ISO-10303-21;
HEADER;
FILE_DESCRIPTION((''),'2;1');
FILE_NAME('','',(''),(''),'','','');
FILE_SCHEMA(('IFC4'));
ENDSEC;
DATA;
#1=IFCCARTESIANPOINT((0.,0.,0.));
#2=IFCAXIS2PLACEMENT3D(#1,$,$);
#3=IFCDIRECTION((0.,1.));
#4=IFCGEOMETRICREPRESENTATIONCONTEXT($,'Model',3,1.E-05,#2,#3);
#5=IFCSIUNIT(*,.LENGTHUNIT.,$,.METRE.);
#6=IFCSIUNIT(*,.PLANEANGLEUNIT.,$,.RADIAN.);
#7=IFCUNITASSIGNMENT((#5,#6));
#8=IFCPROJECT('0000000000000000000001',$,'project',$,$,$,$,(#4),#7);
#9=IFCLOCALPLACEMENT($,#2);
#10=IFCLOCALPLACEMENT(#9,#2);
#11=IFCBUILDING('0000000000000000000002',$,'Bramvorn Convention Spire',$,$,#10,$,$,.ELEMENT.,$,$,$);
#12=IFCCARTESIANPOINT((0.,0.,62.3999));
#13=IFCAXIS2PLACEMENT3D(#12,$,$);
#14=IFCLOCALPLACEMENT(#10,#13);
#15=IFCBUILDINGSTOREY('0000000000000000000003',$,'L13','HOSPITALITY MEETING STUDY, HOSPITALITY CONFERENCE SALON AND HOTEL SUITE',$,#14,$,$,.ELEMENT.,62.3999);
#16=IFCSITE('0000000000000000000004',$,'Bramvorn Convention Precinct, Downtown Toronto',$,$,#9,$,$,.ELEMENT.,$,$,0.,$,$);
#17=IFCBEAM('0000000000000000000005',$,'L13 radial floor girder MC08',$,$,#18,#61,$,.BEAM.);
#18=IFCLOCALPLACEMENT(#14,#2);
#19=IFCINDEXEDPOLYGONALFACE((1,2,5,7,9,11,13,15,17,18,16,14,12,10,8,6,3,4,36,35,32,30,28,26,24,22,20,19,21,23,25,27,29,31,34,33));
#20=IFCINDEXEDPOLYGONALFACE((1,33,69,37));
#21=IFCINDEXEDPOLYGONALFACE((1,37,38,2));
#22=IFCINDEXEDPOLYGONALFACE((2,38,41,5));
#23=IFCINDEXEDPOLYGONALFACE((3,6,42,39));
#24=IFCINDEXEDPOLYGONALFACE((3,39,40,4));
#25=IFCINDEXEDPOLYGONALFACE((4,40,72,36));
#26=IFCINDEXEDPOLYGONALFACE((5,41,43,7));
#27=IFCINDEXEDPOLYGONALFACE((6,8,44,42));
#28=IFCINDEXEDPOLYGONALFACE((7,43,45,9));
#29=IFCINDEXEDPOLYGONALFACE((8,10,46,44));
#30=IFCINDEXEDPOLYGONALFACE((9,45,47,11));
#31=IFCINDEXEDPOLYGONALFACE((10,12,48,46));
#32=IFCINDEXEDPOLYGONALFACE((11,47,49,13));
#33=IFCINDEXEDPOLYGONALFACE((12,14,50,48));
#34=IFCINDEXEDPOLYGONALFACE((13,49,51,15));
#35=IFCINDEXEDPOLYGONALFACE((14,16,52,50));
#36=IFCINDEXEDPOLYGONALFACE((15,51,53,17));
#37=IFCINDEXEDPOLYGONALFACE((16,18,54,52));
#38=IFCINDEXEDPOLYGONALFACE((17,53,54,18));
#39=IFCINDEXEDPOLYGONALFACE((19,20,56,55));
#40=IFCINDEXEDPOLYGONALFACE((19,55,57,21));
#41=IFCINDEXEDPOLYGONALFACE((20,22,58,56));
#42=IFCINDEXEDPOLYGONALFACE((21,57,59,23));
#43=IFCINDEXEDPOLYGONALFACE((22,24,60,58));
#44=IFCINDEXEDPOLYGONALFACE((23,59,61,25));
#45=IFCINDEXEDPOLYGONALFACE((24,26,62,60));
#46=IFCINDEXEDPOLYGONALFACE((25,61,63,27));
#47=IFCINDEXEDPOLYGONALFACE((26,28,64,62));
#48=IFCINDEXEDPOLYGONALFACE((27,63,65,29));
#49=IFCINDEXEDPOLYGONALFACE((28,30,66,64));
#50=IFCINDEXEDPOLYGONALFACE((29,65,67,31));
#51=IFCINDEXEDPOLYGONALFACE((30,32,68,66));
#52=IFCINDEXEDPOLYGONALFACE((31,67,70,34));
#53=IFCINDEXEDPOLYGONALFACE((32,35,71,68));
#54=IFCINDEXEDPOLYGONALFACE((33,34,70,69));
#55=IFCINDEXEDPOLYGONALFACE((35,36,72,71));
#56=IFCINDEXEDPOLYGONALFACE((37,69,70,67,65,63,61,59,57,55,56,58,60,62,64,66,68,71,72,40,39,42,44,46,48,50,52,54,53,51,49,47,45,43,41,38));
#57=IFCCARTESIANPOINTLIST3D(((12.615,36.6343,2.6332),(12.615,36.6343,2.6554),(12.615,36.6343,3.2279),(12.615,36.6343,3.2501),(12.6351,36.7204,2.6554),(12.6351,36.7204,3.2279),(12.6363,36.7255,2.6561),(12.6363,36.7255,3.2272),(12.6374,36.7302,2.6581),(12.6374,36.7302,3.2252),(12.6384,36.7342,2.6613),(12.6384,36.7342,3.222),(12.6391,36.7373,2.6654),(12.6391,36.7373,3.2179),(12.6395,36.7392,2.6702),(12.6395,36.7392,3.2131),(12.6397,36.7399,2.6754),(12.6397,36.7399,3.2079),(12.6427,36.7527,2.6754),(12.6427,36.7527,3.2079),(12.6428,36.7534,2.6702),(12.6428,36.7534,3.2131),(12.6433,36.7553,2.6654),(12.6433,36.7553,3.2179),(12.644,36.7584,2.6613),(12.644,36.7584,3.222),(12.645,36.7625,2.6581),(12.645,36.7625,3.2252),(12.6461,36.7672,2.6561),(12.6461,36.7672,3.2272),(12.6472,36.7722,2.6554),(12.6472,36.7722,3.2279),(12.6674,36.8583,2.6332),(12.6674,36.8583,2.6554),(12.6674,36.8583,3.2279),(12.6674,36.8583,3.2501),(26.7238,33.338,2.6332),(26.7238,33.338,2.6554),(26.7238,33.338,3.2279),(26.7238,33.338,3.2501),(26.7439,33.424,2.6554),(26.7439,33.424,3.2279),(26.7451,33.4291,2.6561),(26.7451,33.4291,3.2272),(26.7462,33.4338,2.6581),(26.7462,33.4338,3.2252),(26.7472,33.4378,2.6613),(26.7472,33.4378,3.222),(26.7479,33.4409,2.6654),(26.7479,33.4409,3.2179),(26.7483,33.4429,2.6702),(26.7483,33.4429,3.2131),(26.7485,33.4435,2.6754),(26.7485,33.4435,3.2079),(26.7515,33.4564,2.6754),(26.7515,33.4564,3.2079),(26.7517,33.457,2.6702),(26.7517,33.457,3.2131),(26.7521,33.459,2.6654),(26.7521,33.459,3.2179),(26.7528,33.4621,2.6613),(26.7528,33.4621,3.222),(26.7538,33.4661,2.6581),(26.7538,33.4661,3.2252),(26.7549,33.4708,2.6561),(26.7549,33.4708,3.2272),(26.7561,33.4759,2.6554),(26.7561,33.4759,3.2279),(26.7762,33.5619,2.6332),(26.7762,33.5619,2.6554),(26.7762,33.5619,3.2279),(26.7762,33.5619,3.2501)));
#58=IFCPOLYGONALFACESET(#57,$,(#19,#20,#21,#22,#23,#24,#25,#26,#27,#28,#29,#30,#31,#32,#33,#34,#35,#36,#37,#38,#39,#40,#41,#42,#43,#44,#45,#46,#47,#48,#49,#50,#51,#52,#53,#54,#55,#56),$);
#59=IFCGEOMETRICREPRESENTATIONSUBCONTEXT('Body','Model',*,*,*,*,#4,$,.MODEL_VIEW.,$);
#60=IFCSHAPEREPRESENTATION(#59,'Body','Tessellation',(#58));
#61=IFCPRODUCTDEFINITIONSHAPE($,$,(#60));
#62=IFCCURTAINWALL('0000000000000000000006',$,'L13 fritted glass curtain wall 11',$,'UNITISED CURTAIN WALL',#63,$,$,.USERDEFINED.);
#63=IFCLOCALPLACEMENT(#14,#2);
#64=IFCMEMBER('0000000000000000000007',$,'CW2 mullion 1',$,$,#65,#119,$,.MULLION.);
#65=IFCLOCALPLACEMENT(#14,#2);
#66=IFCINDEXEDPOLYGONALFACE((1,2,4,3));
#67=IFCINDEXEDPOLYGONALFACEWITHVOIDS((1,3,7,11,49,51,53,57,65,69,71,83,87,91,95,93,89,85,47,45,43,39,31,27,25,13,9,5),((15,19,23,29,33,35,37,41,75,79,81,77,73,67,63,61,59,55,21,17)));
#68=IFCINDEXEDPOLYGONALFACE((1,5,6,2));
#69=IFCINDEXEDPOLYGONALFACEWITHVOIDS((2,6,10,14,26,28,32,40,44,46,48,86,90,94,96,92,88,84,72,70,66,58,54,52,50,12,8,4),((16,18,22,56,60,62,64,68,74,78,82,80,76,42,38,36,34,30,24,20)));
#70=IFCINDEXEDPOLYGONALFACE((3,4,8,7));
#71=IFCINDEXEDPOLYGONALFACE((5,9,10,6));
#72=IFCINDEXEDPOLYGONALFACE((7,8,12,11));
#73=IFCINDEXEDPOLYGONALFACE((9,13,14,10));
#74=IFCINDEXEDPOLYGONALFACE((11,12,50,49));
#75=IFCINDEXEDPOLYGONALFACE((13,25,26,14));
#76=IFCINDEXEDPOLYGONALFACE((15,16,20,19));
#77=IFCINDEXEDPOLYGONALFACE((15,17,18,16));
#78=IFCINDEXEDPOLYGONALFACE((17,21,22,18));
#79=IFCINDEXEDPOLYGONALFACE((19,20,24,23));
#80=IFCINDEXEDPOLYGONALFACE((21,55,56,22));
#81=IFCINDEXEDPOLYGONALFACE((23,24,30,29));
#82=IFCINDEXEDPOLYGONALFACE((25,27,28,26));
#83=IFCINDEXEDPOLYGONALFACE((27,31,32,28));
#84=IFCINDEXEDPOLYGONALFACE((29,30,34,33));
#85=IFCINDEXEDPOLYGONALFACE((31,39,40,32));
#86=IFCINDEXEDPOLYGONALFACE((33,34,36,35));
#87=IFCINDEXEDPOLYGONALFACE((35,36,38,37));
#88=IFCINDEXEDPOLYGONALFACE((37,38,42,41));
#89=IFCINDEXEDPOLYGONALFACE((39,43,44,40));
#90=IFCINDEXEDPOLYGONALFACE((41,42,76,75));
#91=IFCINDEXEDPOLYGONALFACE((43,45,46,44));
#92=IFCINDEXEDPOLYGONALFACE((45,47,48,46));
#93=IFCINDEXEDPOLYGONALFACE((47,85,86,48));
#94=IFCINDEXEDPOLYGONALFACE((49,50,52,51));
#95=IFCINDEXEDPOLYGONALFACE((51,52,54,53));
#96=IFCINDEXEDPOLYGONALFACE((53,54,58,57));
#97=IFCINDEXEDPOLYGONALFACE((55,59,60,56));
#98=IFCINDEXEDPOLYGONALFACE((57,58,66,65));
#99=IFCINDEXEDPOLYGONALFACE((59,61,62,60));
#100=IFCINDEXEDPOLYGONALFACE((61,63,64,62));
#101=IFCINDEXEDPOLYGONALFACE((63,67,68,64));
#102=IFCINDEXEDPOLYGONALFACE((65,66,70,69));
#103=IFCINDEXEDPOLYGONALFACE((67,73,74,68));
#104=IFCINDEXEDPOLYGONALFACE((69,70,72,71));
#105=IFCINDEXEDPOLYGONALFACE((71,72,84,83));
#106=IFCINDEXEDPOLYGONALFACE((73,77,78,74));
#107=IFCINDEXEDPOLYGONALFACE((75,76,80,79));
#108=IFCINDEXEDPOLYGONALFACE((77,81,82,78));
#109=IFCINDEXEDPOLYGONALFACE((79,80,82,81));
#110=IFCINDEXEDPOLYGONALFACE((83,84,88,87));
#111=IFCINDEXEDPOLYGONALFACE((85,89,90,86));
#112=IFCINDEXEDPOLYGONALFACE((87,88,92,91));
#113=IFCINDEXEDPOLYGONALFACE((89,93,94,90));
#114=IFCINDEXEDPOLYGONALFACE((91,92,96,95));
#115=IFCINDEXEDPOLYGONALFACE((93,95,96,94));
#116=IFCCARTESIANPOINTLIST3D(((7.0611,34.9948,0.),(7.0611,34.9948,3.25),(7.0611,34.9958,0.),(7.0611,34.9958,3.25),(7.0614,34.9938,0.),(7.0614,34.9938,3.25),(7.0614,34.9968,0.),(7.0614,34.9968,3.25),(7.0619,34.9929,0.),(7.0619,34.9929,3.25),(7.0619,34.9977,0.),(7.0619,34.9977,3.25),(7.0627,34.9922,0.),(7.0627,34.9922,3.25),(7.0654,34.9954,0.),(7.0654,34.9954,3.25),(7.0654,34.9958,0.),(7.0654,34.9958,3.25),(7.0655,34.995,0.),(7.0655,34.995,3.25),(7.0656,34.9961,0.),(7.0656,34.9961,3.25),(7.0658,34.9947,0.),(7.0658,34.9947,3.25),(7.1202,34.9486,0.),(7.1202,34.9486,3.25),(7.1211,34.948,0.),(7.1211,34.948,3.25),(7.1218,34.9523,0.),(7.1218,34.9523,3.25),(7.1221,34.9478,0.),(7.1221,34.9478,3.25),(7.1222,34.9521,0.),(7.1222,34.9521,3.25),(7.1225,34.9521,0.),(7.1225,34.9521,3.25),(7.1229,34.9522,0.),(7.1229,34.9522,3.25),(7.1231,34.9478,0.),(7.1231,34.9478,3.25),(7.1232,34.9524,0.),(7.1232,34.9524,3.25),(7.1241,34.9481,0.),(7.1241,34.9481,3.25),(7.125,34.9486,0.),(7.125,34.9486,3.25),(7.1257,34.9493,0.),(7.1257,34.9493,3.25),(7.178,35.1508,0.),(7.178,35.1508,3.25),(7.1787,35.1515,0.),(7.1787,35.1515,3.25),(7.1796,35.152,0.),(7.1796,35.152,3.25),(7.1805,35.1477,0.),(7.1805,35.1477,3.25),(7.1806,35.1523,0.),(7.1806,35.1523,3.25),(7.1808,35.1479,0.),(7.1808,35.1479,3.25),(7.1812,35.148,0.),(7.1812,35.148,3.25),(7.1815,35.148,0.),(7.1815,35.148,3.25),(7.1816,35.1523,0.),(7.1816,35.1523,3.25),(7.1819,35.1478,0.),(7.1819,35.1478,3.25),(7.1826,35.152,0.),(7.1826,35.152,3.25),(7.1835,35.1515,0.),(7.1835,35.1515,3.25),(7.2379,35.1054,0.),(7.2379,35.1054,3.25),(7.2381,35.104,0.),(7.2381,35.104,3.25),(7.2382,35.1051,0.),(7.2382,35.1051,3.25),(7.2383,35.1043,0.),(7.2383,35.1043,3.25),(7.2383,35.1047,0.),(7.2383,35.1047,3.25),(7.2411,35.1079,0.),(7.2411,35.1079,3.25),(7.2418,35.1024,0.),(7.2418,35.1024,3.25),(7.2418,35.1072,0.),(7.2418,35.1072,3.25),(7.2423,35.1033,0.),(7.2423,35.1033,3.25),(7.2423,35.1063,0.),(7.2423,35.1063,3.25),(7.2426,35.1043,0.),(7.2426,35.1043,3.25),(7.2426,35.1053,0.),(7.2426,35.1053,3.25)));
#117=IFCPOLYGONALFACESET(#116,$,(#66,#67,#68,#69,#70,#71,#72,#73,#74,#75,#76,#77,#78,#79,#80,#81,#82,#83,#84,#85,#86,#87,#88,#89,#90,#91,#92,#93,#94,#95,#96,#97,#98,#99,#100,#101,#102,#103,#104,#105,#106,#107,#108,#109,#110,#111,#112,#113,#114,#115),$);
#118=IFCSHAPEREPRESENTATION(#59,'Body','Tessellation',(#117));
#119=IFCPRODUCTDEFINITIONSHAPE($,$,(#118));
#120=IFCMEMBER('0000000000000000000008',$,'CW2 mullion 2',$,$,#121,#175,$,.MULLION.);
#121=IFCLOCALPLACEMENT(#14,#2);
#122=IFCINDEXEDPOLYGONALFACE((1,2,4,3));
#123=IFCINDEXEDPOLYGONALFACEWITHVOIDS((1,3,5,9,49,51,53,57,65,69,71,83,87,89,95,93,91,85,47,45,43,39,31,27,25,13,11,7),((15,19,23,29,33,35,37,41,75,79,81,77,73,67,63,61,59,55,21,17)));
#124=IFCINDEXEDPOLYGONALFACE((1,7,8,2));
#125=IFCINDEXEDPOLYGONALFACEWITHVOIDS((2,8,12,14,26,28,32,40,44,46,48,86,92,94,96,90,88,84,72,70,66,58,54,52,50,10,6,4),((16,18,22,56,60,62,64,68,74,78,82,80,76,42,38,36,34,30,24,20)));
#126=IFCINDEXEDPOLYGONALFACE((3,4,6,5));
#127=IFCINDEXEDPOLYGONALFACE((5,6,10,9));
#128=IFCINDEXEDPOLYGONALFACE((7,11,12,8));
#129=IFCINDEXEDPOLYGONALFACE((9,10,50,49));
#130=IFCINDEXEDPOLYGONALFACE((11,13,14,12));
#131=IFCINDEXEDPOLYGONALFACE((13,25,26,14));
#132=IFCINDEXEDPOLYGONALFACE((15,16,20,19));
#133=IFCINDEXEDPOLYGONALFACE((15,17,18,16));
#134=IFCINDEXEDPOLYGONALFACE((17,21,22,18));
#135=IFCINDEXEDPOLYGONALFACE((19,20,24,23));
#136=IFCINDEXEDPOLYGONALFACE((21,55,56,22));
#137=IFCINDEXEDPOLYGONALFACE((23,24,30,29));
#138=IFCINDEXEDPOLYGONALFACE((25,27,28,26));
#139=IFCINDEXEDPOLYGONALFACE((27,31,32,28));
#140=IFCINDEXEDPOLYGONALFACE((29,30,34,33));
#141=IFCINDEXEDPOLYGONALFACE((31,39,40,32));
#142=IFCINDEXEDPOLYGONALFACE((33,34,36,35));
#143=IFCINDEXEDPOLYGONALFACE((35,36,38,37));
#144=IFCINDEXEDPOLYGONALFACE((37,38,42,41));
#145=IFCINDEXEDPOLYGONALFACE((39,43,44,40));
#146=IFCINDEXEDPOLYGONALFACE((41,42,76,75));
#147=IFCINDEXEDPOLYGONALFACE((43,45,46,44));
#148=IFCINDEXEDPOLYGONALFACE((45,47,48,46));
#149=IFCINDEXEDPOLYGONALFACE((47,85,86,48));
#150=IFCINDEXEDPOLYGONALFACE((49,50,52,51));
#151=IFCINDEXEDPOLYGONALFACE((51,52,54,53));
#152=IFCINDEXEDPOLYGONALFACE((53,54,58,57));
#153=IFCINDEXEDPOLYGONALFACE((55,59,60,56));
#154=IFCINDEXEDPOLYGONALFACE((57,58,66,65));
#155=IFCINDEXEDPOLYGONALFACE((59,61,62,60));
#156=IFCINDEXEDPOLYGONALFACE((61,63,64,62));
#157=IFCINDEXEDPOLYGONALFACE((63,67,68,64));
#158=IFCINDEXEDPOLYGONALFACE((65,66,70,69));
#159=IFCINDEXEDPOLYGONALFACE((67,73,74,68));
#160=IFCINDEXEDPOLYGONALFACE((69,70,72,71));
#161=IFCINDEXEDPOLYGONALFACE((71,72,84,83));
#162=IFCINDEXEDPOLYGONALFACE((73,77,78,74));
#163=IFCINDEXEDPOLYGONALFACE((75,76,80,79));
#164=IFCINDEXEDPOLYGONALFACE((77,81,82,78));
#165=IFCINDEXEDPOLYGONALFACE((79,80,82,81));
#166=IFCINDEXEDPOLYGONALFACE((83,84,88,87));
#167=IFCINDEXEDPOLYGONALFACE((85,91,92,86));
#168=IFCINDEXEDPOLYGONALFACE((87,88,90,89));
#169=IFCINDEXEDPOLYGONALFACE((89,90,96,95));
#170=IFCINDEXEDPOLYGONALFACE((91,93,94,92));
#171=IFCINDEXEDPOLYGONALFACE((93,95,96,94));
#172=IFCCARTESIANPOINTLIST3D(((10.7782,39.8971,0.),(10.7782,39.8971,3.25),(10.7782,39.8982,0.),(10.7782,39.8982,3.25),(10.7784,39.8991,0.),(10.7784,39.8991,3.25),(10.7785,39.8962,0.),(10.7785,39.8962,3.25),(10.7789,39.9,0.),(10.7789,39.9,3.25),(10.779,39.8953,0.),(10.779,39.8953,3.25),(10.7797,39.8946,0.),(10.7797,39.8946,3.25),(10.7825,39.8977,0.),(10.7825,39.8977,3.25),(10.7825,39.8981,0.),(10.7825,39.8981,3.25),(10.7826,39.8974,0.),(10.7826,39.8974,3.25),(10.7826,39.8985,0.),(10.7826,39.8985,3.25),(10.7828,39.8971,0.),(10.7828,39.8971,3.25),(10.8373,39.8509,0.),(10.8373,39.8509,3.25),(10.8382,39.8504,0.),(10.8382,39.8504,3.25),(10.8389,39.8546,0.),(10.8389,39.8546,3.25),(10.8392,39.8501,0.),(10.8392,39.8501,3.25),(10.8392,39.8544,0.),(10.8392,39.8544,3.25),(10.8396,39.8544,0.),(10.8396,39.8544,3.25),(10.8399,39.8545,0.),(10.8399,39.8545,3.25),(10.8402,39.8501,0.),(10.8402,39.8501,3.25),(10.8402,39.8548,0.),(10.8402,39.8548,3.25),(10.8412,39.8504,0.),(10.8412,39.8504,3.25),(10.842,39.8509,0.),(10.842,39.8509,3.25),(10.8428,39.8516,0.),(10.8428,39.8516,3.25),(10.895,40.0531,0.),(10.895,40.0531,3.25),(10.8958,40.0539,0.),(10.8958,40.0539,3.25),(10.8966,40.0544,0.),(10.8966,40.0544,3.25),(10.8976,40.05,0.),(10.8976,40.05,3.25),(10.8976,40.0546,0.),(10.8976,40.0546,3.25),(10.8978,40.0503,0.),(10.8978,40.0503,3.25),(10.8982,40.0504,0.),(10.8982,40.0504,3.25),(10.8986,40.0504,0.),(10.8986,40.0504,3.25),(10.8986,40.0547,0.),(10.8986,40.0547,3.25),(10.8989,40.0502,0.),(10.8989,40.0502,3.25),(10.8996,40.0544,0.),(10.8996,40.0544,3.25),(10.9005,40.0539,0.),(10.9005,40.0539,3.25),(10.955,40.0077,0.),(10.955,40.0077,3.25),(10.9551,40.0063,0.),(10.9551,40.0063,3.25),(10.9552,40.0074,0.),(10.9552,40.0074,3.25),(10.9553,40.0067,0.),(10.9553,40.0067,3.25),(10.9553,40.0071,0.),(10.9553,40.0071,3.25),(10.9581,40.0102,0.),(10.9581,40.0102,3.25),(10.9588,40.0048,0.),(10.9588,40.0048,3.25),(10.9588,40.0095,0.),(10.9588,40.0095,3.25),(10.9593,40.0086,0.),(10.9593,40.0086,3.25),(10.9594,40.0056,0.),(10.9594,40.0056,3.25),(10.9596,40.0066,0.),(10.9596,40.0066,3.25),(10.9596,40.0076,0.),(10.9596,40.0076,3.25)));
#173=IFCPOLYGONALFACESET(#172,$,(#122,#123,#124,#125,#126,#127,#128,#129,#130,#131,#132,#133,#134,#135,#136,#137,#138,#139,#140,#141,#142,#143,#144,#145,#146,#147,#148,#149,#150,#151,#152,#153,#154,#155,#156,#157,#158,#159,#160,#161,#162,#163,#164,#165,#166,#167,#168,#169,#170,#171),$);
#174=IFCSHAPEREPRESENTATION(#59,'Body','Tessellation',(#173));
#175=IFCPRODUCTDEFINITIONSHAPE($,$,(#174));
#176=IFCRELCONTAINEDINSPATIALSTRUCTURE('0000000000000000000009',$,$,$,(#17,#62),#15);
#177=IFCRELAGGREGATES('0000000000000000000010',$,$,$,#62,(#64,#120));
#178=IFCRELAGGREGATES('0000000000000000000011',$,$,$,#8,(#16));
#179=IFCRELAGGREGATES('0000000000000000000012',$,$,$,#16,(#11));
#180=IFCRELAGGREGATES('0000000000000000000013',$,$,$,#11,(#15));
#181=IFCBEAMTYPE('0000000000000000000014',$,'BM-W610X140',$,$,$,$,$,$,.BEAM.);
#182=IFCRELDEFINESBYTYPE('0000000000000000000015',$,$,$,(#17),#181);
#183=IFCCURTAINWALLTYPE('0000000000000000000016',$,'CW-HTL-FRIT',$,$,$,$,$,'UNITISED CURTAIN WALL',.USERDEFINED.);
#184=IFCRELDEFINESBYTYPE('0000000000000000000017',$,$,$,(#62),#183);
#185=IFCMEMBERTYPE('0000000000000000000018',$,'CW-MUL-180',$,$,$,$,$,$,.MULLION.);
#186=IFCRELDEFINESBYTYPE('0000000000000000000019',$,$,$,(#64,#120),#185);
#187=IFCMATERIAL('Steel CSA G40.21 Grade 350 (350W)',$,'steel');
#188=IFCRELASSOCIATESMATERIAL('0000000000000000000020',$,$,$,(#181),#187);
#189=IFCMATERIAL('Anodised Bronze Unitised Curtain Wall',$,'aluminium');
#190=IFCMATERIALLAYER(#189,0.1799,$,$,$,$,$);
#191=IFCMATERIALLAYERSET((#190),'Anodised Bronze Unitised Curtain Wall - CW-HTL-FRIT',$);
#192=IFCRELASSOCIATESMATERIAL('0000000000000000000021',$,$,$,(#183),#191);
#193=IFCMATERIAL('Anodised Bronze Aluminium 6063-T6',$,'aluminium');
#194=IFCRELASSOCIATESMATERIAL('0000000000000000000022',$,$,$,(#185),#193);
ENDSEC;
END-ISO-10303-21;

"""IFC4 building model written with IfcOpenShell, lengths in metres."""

from ifc_helpers import new_model, si_unit, direction, frame, origin, origin_2d, place, context, subcontext, project, spatial, hollow_rectangle, i_section, extrude, material, layer, layer_set, material_profile, profile_set, type_object, element, aggregate, save


model = new_model("IFC4")

# Units and contexts
model_context = context("Model", 3, precision=1e-05, world=origin(), true_north=direction((0.0, 1.0)))
body_context = subcontext(model_context, "Body", "Model", "MODEL_VIEW")
ifc_project = project(units=[si_unit("LENGTHUNIT", "METRE"), si_unit("PLANEANGLEUNIT", "RADIAN")], contexts=[model_context])

# Site, building, storey
site_placement = place(None, origin())
site = spatial("IfcSite", under=ifc_project, at=site_placement, Name="Bramvorn Convention Precinct, Downtown Toronto", CompositionType="ELEMENT", RefElevation=0.0)
building_placement = place(site_placement, origin())
building = spatial("IfcBuilding", under=site, at=building_placement, Name="Bramvorn Convention Spire", CompositionType="ELEMENT")
storey_placement = place(building_placement, frame((0.0, 0.0, 62.3999)))
storey = spatial("IfcBuildingStorey", under=building, at=storey_placement, Name="L13", Description="HOSPITALITY MEETING STUDY, HOSPITALITY CONFERENCE SALON AND HOTEL SUITE", CompositionType="ELEMENT", Elevation=62.3999)

# Shared definitions
ifc_material_1 = material(Name="Steel CSA G40.21 Grade 350 (350W)", Category="steel")

# Beam
ifc_material_profile_1 = material_profile(ifc_material_1, i_section(OverallWidth=0.23, OverallDepth=0.6169, WebThickness=0.0132, FlangeThickness=0.0222, FilletRadius=0.02, at=origin_2d()))
ifc_profile_set_1 = profile_set([ifc_material_profile_1], Name="Steel CSA G40.21 Grade 350 (350W) - W610X140")
beam_type_1 = type_object("IfcBeamType", Name="BM-W610X140", PredefinedType="BEAM", material=ifc_profile_set_1)
beam_1_placement = place(storey_placement, frame((26.75, 33.45, 2.9417), z_axis=(-0.973775, 0.227512, 0.0), x_axis=(-0.227512, -0.973775, 0.0)))
element("IfcBeam", 1, at=beam_1_placement, inside=storey, type_object=beam_type_1, Name="L13 radial floor girder MC08", PredefinedType="BEAM", context=body_context, shape_type="SweptSolid", body=[
    extrude(i_section(OverallWidth=0.23, OverallDepth=0.6169, WebThickness=0.0132, FlangeThickness=0.0222, FilletRadius=0.02, at=origin_2d()), origin(), (0.0, 0.0, 1.0), 14.4888),
])

# Curtain wall, members
ifc_material_2 = material(Name="Anodised Bronze Unitised Curtain Wall", Category="aluminium")
ifc_layer_1 = layer(ifc_material_2, 0.1799)
ifc_layer_set_1 = layer_set([ifc_layer_1], Name="Anodised Bronze Unitised Curtain Wall - CW-HTL-FRIT")
curtain_wall_type = type_object("IfcCurtainWallType", Name="CW-HTL-FRIT", ElementType="UNITISED CURTAIN WALL", PredefinedType="USERDEFINED", material=ifc_layer_set_1)
curtain_wall_placement = place(storey_placement, origin())
curtain_wall = element("IfcCurtainWall", 2, at=curtain_wall_placement, inside=storey, type_object=curtain_wall_type, Name="L13 fritted glass curtain wall 11", ObjectType="UNITISED CURTAIN WALL", PredefinedType="USERDEFINED")
ifc_material_3 = material(Name="Anodised Bronze Aluminium 6063-T6", Category="aluminium")
ifc_material_profile_2 = material_profile(ifc_material_3, hollow_rectangle(XDim=0.0801, YDim=0.2, WallThickness=0.0039, InnerFilletRadius=0.001, OuterFilletRadius=0.0039, at=origin_2d()))
ifc_profile_set_2 = profile_set([ifc_material_profile_2], Name="Anodised Bronze Aluminium 6063-T6 - CWM80X200")
member_type_1 = type_object("IfcMemberType", Name="CW-MUL-180", PredefinedType="MULLION", material=ifc_profile_set_2)
member_1_placement = place(storey_placement, frame((7.1519, 35.05, 0.0), z_axis=(0.0, 0.0, 1.0), x_axis=(-0.796836, 0.604195, 0.0)))
member_1 = element("IfcMember", 3, at=member_1_placement, type_object=member_type_1, Name="CW2 mullion 1", PredefinedType="MULLION", context=body_context, shape_type="SweptSolid", body=[
    extrude(hollow_rectangle(XDim=0.0801, YDim=0.2, WallThickness=0.0039, InnerFilletRadius=0.001, OuterFilletRadius=0.0039, at=origin_2d()), origin(), (0.0, 0.0, 1.0), 3.25),
])
member_2_placement = place(storey_placement, frame((10.8689, 39.9524, 0.0), z_axis=(0.0, 0.0, 1.0), x_axis=(-0.796836, 0.604195, 0.0)))
member_2 = element("IfcMember", 4, at=member_2_placement, type_object=member_type_1, Name="CW2 mullion 2", PredefinedType="MULLION", context=body_context, shape_type="SweptSolid", body=[
    extrude(hollow_rectangle(XDim=0.0801, YDim=0.2, WallThickness=0.0039, InnerFilletRadius=0.001, OuterFilletRadius=0.0039, at=origin_2d()), origin(), (0.0, 0.0, 1.0), 3.25),
])
aggregate(curtain_wall, [member_1, member_2])

save(model, "model.ifc")
